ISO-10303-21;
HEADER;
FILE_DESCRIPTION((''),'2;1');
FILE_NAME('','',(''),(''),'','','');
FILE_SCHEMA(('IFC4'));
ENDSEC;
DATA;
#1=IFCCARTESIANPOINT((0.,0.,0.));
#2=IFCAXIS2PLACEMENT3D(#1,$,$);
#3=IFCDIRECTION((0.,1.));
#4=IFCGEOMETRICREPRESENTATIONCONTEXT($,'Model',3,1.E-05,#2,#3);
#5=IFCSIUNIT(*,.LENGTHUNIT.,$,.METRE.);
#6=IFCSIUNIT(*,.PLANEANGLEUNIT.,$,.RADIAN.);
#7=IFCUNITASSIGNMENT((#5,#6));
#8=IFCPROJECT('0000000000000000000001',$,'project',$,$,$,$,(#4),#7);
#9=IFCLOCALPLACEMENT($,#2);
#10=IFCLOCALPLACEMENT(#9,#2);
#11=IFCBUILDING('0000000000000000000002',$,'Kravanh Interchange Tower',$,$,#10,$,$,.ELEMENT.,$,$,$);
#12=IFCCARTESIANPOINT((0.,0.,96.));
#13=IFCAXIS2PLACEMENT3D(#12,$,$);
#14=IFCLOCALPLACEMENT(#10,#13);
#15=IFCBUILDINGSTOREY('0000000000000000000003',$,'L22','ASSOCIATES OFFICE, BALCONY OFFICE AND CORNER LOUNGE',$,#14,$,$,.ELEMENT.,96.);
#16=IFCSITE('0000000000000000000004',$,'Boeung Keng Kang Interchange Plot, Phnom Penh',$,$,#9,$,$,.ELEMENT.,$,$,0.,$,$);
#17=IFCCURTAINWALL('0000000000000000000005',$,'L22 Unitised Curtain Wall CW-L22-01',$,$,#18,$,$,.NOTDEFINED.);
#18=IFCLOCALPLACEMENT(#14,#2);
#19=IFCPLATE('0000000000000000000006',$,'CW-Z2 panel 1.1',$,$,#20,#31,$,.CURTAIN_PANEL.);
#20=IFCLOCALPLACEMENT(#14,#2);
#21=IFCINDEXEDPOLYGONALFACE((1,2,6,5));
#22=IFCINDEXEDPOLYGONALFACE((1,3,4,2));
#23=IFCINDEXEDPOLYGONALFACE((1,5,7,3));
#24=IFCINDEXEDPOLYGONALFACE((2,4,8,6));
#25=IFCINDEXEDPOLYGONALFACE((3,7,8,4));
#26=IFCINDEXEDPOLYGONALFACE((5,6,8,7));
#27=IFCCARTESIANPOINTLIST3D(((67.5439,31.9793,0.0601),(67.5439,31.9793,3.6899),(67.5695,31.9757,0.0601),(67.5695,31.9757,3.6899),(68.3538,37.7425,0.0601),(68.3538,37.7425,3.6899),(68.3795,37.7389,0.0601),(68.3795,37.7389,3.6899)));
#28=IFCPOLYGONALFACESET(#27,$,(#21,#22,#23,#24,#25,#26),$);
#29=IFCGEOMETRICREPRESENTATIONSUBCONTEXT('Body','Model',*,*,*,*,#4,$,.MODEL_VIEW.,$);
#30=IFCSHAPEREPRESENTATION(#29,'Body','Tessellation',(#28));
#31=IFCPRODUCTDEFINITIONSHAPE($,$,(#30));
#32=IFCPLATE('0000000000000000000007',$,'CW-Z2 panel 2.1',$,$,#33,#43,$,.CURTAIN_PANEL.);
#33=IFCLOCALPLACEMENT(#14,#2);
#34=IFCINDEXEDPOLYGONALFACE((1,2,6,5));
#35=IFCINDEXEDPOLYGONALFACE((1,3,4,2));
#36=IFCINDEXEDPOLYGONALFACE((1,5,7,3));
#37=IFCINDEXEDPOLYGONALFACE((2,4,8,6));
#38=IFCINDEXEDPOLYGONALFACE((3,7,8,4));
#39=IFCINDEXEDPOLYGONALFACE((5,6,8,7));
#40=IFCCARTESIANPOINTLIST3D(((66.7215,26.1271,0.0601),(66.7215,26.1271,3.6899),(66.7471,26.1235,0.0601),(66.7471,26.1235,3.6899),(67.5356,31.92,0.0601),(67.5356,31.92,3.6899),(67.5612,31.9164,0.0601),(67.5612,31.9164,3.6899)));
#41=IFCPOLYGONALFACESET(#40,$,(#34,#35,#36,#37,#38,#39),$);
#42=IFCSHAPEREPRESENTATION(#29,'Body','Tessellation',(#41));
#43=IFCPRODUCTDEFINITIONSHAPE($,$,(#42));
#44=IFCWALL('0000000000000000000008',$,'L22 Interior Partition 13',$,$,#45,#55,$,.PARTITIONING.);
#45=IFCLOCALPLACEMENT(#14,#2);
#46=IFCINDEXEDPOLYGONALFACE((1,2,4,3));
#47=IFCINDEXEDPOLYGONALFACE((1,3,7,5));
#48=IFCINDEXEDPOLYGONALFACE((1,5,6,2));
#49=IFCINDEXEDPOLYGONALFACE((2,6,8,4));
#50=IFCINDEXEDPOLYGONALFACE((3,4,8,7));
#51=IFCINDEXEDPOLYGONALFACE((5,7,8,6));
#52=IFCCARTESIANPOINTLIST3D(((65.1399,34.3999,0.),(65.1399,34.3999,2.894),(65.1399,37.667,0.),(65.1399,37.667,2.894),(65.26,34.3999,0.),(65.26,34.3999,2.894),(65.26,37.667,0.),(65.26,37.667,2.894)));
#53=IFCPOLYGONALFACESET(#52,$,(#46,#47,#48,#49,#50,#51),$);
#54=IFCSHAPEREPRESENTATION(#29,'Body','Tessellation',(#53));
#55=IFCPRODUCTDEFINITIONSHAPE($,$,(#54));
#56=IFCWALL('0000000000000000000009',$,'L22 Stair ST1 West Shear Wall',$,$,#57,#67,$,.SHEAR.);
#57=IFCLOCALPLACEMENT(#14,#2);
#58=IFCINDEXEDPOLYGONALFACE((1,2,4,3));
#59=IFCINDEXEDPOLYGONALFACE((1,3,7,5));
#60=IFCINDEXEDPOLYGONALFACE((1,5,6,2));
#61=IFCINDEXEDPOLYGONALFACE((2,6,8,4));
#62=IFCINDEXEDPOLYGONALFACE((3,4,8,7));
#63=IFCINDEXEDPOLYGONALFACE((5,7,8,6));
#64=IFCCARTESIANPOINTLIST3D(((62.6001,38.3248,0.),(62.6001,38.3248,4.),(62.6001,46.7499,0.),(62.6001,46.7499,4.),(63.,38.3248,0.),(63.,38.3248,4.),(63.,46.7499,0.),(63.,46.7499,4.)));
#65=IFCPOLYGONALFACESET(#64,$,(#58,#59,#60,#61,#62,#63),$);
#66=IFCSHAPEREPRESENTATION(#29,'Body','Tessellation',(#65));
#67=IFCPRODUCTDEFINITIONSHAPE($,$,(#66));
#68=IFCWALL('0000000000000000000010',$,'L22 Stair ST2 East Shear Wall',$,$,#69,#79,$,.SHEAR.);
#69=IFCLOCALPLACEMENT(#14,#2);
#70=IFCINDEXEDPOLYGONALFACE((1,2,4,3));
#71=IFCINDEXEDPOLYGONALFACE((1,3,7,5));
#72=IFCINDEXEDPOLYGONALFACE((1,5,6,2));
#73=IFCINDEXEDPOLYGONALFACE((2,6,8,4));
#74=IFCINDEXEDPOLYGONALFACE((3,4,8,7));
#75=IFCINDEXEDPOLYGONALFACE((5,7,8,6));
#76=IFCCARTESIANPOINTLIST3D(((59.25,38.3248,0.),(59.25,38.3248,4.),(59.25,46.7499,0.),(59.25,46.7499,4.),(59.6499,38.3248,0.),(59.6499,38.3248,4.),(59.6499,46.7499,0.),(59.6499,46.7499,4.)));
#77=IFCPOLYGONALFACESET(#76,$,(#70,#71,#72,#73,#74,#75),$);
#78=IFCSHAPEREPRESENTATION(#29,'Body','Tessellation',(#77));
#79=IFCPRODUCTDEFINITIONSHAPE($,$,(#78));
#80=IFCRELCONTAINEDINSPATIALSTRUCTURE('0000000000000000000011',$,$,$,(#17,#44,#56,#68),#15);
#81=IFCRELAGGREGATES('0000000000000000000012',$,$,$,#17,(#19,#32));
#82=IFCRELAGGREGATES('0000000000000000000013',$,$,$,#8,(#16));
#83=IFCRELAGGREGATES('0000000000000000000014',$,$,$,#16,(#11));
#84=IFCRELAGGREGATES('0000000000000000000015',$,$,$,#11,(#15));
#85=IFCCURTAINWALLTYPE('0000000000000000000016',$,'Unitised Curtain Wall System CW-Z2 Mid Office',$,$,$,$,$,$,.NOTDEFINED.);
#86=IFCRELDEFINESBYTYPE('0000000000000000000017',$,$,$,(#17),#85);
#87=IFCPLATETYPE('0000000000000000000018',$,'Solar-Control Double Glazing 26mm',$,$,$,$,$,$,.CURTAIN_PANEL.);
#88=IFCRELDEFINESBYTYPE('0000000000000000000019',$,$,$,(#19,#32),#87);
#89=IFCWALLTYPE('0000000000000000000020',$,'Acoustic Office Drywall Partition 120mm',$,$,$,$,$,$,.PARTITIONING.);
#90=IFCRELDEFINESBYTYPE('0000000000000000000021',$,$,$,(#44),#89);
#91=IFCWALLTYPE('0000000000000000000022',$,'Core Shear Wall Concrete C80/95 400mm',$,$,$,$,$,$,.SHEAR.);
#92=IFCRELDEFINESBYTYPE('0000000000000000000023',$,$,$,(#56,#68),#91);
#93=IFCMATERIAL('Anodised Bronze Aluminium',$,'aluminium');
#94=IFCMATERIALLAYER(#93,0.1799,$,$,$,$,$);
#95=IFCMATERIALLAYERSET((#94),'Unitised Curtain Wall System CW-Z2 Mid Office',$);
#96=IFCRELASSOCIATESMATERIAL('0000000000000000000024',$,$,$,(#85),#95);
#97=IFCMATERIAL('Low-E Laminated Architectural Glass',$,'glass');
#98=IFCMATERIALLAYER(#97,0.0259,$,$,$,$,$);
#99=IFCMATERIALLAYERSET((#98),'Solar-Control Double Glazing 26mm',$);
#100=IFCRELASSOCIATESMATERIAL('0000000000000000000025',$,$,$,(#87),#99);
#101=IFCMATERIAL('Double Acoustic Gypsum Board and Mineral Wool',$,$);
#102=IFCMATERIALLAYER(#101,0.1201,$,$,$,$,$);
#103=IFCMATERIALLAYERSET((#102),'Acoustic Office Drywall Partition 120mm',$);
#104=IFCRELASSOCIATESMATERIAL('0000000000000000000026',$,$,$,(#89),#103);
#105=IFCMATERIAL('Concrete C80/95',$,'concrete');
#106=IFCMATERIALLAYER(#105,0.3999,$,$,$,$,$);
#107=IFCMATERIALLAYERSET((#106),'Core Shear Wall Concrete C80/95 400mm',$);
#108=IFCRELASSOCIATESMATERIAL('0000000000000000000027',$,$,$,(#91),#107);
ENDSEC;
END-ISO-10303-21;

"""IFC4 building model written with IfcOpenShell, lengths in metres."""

from ifc_helpers import new_model, si_unit, direction, frame, frame_2d, origin, origin_2d, place, context, subcontext, project, spatial, rectangle, extrude, material, layer, layer_set, type_object, element, aggregate, save


model = new_model("IFC4")

# Units and contexts
model_context = context("Model", 3, precision=1e-05, world=origin(), true_north=direction((0.0, 1.0)))
body_context = subcontext(model_context, "Body", "Model", "MODEL_VIEW")
ifc_project = project(units=[si_unit("LENGTHUNIT", "METRE"), si_unit("PLANEANGLEUNIT", "RADIAN")], contexts=[model_context])

# Site, building, storey
site_placement = place(None, origin())
site = spatial("IfcSite", under=ifc_project, at=site_placement, Name="Boeung Keng Kang Interchange Plot, Phnom Penh", CompositionType="ELEMENT", RefElevation=0.0)
building_placement = place(site_placement, origin())
building = spatial("IfcBuilding", under=site, at=building_placement, Name="Kravanh Interchange Tower", CompositionType="ELEMENT")
storey_placement = place(building_placement, frame((0.0, 0.0, 96.0)))
storey = spatial("IfcBuildingStorey", under=building, at=storey_placement, Name="L22", Description="ASSOCIATES OFFICE, BALCONY OFFICE AND CORNER LOUNGE", CompositionType="ELEMENT", Elevation=96.0)

# Curtain wall
ifc_material_1 = material(Name="Anodised Bronze Aluminium", Category="aluminium")
ifc_layer_1 = layer(ifc_material_1, 0.1799)
ifc_layer_set_1 = layer_set([ifc_layer_1], Name="Unitised Curtain Wall System CW-Z2 Mid Office")
curtain_wall_type = type_object("IfcCurtainWallType", Name="Unitised Curtain Wall System CW-Z2 Mid Office", PredefinedType="NOTDEFINED", material=ifc_layer_set_1)
curtain_wall_placement = place(storey_placement, origin())
curtain_wall = element("IfcCurtainWall", 1, at=curtain_wall_placement, inside=storey, type_object=curtain_wall_type, Name="L22 Unitised Curtain Wall CW-L22-01", PredefinedType="NOTDEFINED")

# Plates
ifc_material_2 = material(Name="Low-E Laminated Architectural Glass", Category="glass")
ifc_layer_2 = layer(ifc_material_2, 0.0259)
ifc_layer_set_2 = layer_set([ifc_layer_2], Name="Solar-Control Double Glazing 26mm")
plate_type = type_object("IfcPlateType", Name="Solar-Control Double Glazing 26mm", PredefinedType="CURTAIN_PANEL", material=ifc_layer_set_2)
plate_1_placement = place(storey_placement, frame((67.9617, 34.8591, 0.0601), z_axis=(0.0, 0.0, 1.0), x_axis=(-0.139173, -0.990268, 0.0)))
plate_1 = element("IfcPlate", 2, at=plate_1_placement, type_object=plate_type, Name="CW-Z2 panel 1.1", PredefinedType="CURTAIN_PANEL", context=body_context, shape_type="SweptSolid", body=[
    extrude(rectangle(XDim=5.8198, YDim=0.0259, at=origin_2d()), origin(), (0.0, 0.0, 1.0), 3.6299),
])
plate_2_placement = place(storey_placement, frame((67.1414, 29.0217, 0.0601), z_axis=(0.0, 0.0, 1.0), x_axis=(-0.139173, -0.990268, 0.0)))
plate_2 = element("IfcPlate", 3, at=plate_2_placement, type_object=plate_type, Name="CW-Z2 panel 2.1", PredefinedType="CURTAIN_PANEL", context=body_context, shape_type="SweptSolid", body=[
    extrude(rectangle(XDim=5.8499, YDim=0.0259, at=origin_2d()), origin(), (0.0, 0.0, 1.0), 3.6299),
])
aggregate(curtain_wall, [plate_1, plate_2])

# Walls
ifc_material_3 = material(Name="Double Acoustic Gypsum Board and Mineral Wool")
ifc_layer_3 = layer(ifc_material_3, 0.1201)
ifc_layer_set_3 = layer_set([ifc_layer_3], Name="Acoustic Office Drywall Partition 120mm")
wall_type_1 = type_object("IfcWallType", Name="Acoustic Office Drywall Partition 120mm", PredefinedType="PARTITIONING", material=ifc_layer_set_3)
wall_placement = place(storey_placement, frame((65.2, 34.3999, 0.0), z_axis=(0.0, 0.0, 1.0), x_axis=(0.0, 1.0, 0.0)))
element("IfcWall", 4, at=wall_placement, inside=storey, type_object=wall_type_1, Name="L22 Interior Partition 13", PredefinedType="PARTITIONING", context=body_context, shape_type="SweptSolid", body=[
    extrude(rectangle(XDim=3.2671, YDim=0.1201, at=frame_2d((1.6335, 0.0))), origin(), (0.0, 0.0, 1.0), 2.894),
])
ifc_material_4 = material(Name="Concrete C80/95", Category="concrete")
ifc_layer_4 = layer(ifc_material_4, 0.3999)
ifc_layer_set_4 = layer_set([ifc_layer_4], Name="Core Shear Wall Concrete C80/95 400mm")
wall_type_2 = type_object("IfcWallType", Name="Core Shear Wall Concrete C80/95 400mm", PredefinedType="SHEAR", material=ifc_layer_set_4)
for number, where, z_axis, x_axis, name in (
    (5, (62.8, 38.325, 0.0), (0.0, 0.0, 1.0), (0.0, 1.0, 0.0), "L22 Stair ST1 West Shear Wall"),
    (6, (59.45, 38.325, 0.0), (0.0, 0.0, 1.0), (0.0, 1.0, 0.0), "L22 Stair ST2 East Shear Wall"),
):
    element("IfcWall", number, at=place(storey_placement, frame(where, z_axis=z_axis, x_axis=x_axis)), inside=storey, type_object=wall_type_2, Name=name, PredefinedType="SHEAR", context=body_context, shape_type="SweptSolid", body=[
        extrude(rectangle(XDim=8.425, YDim=0.3999, at=frame_2d((4.2124, 0.0))), origin(), (0.0, 0.0, 1.0), 4.0),
    ])

save(model, "model.ifc")
